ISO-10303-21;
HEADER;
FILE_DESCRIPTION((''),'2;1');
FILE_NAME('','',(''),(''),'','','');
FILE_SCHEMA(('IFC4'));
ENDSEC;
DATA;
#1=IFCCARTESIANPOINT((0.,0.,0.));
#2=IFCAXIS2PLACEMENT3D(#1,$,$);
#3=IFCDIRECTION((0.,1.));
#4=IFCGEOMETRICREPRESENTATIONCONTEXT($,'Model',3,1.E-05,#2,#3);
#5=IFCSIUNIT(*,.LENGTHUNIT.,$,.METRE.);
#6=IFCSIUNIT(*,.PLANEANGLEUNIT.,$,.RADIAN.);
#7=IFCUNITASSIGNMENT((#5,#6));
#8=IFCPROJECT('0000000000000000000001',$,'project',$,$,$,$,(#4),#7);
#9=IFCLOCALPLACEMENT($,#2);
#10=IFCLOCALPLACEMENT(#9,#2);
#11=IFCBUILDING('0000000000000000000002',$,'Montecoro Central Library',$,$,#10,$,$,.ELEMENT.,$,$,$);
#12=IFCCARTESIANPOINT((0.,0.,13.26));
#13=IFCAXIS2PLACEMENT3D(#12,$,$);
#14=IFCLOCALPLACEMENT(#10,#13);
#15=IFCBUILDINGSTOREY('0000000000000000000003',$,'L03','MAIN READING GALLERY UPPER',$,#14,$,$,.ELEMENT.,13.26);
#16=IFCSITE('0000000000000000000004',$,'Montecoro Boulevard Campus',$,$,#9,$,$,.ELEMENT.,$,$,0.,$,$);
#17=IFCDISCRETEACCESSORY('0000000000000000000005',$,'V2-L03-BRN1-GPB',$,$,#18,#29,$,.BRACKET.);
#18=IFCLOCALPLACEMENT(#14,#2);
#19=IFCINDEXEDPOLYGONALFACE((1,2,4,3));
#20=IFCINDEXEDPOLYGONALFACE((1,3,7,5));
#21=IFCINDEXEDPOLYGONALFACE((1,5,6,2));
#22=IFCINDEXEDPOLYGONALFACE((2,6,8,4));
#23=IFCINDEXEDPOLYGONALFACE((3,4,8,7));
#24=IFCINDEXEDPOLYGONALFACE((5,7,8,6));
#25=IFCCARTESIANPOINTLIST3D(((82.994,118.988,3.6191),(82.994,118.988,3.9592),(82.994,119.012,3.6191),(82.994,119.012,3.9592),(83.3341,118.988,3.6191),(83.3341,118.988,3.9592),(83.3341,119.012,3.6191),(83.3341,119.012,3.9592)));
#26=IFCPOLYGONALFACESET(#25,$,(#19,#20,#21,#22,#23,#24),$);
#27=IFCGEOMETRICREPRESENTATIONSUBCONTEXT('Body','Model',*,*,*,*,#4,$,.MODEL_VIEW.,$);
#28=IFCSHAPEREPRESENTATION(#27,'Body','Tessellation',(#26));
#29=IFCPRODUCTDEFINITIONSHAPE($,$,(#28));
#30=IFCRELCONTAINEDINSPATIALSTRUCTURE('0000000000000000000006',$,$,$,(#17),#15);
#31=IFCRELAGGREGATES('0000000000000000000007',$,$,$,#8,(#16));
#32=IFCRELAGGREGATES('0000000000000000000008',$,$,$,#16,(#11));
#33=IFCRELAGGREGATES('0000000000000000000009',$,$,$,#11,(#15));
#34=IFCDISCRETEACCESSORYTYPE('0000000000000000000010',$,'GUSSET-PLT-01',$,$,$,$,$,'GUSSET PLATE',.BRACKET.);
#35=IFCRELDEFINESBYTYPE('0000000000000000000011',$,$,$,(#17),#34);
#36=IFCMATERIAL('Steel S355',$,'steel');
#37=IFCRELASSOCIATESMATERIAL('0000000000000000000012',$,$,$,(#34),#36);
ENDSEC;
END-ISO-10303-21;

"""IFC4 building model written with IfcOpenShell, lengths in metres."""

from ifc_helpers import new_model, si_unit, direction, frame, origin, origin_2d, place, context, subcontext, project, spatial, rectangle, extrude, material, type_object, element, save


model = new_model("IFC4")

# Units and contexts
model_context = context("Model", 3, precision=1e-05, world=origin(), true_north=direction((0.0, 1.0)))
body_context = subcontext(model_context, "Body", "Model", "MODEL_VIEW")
ifc_project = project(units=[si_unit("LENGTHUNIT", "METRE"), si_unit("PLANEANGLEUNIT", "RADIAN")], contexts=[model_context])

# Site, building, storey
site_placement = place(None, origin())
site = spatial("IfcSite", under=ifc_project, at=site_placement, Name="Montecoro Boulevard Campus", CompositionType="ELEMENT", RefElevation=0.0)
building_placement = place(site_placement, origin())
building = spatial("IfcBuilding", under=site, at=building_placement, Name="Montecoro Central Library", CompositionType="ELEMENT")
storey_placement = place(building_placement, frame((0.0, 0.0, 13.26)))
storey = spatial("IfcBuildingStorey", under=building, at=storey_placement, Name="L03", Description="MAIN READING GALLERY UPPER", CompositionType="ELEMENT", Elevation=13.26)

# Shared definitions
ifc_material_1 = material(Name="Steel S355", Category="steel")

# Discrete accessory
discrete_accessory_type = type_object("IfcDiscreteAccessoryType", Name="GUSSET-PLT-01", ElementType="GUSSET PLATE", PredefinedType="BRACKET", material=ifc_material_1)
discrete_accessory_placement = place(storey_placement, frame((83.1641, 119.0, 3.6191), z_axis=(0.0, 0.0, 1.0), x_axis=(1.0, 0.0, 0.0)))
element("IfcDiscreteAccessory", 1, at=discrete_accessory_placement, inside=storey, type_object=discrete_accessory_type, Name="V2-L03-BRN1-GPB", PredefinedType="BRACKET", context=body_context, shape_type="SweptSolid", body=[
    extrude(rectangle(XDim=0.3401, YDim=0.0239, at=origin_2d()), origin(), (0.0, 0.0, 1.0), 0.3401),
])

save(model, "model.ifc")
